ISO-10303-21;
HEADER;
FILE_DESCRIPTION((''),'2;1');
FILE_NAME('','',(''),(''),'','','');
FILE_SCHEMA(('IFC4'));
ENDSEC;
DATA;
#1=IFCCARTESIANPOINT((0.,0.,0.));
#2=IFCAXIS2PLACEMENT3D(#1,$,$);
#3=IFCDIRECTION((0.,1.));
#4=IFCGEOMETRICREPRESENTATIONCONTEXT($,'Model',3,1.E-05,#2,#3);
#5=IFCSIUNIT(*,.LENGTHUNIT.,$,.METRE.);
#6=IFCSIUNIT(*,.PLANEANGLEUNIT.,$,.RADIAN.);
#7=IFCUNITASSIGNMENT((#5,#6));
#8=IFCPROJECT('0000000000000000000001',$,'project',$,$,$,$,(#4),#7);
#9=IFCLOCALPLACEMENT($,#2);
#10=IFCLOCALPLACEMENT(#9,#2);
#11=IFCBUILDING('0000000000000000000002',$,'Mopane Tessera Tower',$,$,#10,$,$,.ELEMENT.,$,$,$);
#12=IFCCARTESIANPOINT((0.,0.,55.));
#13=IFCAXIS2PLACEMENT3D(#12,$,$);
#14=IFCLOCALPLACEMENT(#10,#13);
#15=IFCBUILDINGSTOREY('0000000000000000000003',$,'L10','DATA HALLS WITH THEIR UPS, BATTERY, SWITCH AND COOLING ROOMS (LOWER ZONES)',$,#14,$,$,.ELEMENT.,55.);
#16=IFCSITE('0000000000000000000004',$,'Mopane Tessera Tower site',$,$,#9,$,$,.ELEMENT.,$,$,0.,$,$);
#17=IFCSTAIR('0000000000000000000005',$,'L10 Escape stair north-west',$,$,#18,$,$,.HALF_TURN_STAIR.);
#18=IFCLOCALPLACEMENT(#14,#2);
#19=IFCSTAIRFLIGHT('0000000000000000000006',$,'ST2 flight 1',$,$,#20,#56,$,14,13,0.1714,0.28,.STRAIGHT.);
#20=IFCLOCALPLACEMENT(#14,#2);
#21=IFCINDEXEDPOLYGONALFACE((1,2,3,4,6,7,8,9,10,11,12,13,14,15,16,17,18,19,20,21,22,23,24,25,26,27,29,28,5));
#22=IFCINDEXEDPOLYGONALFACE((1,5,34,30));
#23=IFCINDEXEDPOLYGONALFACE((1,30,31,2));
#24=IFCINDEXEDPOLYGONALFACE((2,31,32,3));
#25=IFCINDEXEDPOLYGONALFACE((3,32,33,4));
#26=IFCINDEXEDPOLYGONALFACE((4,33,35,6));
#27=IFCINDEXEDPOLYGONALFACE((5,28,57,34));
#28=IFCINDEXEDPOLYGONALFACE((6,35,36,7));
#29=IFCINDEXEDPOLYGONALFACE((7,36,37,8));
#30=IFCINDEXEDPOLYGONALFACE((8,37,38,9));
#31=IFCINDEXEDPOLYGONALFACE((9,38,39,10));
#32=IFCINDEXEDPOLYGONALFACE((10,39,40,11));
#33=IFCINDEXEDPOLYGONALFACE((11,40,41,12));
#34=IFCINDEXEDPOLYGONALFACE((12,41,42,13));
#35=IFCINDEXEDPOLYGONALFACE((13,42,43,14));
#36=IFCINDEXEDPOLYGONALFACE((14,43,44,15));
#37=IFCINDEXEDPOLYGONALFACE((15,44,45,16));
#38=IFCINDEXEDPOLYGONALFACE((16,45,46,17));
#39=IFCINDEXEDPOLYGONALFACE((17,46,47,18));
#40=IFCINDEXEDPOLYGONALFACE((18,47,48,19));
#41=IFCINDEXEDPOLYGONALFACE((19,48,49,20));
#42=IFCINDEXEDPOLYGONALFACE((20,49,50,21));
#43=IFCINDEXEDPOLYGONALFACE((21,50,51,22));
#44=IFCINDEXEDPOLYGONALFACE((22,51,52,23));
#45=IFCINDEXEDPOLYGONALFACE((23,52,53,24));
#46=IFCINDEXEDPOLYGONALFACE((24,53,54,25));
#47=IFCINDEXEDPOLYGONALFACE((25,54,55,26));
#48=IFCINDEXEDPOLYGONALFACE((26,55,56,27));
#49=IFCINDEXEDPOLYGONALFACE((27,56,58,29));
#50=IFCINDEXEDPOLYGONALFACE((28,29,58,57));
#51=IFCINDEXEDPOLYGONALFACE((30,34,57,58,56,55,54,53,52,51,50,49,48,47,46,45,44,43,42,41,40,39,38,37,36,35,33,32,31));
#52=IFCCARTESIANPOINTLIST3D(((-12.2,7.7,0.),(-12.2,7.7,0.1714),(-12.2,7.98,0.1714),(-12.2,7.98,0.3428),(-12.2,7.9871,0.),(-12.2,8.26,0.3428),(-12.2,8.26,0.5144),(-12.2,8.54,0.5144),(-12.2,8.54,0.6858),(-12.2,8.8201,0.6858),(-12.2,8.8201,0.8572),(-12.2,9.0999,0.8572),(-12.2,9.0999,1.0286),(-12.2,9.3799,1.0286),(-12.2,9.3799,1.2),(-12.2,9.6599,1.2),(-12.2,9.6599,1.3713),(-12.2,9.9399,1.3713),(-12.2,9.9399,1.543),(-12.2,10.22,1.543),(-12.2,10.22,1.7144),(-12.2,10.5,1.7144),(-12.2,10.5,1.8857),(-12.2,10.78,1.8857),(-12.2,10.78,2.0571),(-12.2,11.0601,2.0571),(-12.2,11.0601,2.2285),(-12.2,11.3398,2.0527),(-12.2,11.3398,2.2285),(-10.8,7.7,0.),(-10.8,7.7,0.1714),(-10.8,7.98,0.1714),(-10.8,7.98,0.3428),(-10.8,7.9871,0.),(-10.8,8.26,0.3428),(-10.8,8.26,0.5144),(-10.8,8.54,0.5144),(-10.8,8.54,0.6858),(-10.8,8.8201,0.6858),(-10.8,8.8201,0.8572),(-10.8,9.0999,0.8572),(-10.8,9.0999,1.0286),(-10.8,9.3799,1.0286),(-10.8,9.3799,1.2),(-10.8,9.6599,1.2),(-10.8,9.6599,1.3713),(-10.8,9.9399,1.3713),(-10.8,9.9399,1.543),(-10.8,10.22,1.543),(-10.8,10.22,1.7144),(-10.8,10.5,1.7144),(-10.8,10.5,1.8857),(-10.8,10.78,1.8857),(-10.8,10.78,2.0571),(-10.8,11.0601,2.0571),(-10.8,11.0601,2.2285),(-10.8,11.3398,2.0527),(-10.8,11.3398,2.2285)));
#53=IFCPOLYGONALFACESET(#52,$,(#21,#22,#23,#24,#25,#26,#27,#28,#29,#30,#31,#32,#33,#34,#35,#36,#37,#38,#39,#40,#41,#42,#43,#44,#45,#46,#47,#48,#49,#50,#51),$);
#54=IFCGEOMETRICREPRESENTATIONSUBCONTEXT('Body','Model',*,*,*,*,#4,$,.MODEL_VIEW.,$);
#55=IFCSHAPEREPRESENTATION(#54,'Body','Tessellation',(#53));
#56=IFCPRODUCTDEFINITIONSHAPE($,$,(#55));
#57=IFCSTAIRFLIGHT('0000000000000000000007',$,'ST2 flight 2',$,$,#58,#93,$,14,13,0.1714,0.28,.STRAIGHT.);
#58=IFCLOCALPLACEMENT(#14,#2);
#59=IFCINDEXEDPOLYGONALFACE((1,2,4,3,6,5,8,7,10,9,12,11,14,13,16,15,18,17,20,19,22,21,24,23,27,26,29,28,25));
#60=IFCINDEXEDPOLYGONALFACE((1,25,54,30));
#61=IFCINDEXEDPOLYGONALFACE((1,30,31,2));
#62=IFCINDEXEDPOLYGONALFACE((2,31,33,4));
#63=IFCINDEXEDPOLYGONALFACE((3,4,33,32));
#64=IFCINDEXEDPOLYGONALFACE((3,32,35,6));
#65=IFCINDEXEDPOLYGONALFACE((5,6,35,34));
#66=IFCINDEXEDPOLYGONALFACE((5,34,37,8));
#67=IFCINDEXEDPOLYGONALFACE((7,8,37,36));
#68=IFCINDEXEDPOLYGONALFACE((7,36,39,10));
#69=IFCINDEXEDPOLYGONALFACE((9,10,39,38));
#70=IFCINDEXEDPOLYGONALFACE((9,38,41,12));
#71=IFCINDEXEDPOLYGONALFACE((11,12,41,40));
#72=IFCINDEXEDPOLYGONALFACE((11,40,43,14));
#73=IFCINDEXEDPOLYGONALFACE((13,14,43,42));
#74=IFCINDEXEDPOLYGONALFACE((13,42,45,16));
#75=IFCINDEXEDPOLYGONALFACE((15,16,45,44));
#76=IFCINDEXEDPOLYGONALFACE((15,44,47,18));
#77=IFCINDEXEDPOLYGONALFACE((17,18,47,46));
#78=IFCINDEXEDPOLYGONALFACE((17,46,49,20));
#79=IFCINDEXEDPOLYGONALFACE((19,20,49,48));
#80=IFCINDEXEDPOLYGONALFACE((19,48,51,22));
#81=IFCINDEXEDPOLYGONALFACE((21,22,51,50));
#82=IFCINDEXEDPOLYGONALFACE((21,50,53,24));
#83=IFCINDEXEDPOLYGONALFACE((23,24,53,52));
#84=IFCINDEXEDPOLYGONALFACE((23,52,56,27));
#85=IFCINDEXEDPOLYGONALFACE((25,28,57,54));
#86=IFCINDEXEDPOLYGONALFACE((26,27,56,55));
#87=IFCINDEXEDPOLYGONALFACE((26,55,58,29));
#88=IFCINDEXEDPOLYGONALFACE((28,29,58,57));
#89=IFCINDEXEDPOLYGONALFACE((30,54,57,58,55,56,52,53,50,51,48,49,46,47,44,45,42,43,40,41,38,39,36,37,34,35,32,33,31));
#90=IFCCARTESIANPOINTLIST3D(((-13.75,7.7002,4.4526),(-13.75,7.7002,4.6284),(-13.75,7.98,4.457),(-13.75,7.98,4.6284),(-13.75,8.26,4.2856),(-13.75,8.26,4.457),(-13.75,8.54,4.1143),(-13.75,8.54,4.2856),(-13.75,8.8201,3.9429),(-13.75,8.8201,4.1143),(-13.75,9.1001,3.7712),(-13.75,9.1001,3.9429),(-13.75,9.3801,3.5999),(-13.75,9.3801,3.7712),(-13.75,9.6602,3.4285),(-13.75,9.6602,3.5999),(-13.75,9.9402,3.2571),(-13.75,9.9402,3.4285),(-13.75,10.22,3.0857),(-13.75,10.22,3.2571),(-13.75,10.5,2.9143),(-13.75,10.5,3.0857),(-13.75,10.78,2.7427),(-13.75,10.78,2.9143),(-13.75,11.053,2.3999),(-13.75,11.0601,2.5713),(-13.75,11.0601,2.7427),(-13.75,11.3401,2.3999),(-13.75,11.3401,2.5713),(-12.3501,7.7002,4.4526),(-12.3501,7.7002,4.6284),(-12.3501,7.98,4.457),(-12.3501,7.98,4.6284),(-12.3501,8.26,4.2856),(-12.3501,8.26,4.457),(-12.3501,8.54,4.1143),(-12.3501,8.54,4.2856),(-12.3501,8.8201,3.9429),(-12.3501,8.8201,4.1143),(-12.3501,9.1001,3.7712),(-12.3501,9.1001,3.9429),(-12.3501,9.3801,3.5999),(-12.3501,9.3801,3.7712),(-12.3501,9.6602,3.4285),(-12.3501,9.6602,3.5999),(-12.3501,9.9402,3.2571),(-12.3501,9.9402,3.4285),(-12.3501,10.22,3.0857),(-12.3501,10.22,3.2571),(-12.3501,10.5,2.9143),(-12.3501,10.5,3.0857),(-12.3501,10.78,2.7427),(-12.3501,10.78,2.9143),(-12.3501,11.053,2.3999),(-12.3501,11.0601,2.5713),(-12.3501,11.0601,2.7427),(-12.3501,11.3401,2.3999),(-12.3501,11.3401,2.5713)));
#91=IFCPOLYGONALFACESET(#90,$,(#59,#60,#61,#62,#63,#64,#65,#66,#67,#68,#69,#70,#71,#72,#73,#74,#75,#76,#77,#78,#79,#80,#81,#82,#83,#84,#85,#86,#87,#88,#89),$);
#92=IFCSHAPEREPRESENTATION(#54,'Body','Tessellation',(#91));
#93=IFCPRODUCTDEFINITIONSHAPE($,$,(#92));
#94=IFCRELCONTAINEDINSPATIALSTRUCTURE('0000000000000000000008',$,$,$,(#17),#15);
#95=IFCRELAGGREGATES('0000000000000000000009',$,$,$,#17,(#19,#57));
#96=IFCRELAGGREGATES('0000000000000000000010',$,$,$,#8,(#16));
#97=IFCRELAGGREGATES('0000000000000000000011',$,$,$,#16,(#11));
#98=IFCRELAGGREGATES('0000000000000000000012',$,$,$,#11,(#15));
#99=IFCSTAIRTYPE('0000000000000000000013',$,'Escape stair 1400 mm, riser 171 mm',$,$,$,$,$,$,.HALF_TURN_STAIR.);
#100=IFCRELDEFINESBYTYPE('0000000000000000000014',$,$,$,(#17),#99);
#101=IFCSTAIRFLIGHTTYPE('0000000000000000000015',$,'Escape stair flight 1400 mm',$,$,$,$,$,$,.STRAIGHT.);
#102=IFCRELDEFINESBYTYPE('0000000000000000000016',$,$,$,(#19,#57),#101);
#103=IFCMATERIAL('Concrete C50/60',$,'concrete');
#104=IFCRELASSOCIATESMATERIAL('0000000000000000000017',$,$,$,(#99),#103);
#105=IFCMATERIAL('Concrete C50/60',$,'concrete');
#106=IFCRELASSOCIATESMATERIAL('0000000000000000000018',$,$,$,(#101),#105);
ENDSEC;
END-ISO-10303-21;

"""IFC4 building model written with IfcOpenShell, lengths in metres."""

from ifc_helpers import new_model, si_unit, direction, frame, origin, place, context, subcontext, project, spatial, polyline, outline, extrude, material, type_object, element, aggregate, save


model = new_model("IFC4")

# Units and contexts
model_context = context("Model", 3, precision=1e-05, world=origin(), true_north=direction((0.0, 1.0)))
body_context = subcontext(model_context, "Body", "Model", "MODEL_VIEW")
ifc_project = project(units=[si_unit("LENGTHUNIT", "METRE"), si_unit("PLANEANGLEUNIT", "RADIAN")], contexts=[model_context])

# Site, building, storey
site_placement = place(None, origin())
site = spatial("IfcSite", under=ifc_project, at=site_placement, Name="Mopane Tessera Tower site", CompositionType="ELEMENT", RefElevation=0.0)
building_placement = place(site_placement, origin())
building = spatial("IfcBuilding", under=site, at=building_placement, Name="Mopane Tessera Tower", CompositionType="ELEMENT")
storey_placement = place(building_placement, frame((0.0, 0.0, 55.0)))
storey = spatial("IfcBuildingStorey", under=building, at=storey_placement, Name="L10", Description="DATA HALLS WITH THEIR UPS, BATTERY, SWITCH AND COOLING ROOMS (LOWER ZONES)", CompositionType="ELEMENT", Elevation=55.0)

# Stair, stair flights
ifc_material_1 = material(Name="Concrete C50/60", Category="concrete")
stair_type = type_object("IfcStairType", Name="Escape stair 1400 mm, riser 171 mm", PredefinedType="HALF_TURN_STAIR", material=ifc_material_1)
stair_placement = place(storey_placement, origin())
stair = element("IfcStair", 1, at=stair_placement, inside=storey, type_object=stair_type, Name="L10 Escape stair north-west", PredefinedType="HALF_TURN_STAIR")
ifc_material_2 = material(Name="Concrete C50/60", Category="concrete")
stair_flight_type = type_object("IfcStairFlightType", Name="Escape stair flight 1400 mm", PredefinedType="STRAIGHT", material=ifc_material_2)
stair_flight_1_placement = place(storey_placement, frame((-11.5, 7.7, 0.0), z_axis=(0.0, 0.0, 1.0), x_axis=(0.0, 1.0, 0.0)))
stair_flight_1 = element("IfcStairFlight", 2, at=stair_flight_1_placement, type_object=stair_flight_type, Name="ST2 flight 1", NumberOfRisers=14, NumberOfTreads=13, PredefinedType="STRAIGHT", RiserHeight=0.1714, TreadLength=0.28, context=body_context, shape_type="SweptSolid", body=[
    extrude(outline(polyline([(0.0, 0.0), (0.0, 0.1714), (0.28, 0.1714), (0.28, 0.3428), (0.5601, 0.3428), (0.5601, 0.5144), (0.8401, 0.5144), (0.8401, 0.6858), (1.1201, 0.6858), (1.1201, 0.8572), (1.3999, 0.8572), (1.3999, 1.0286), (1.6799, 1.0286), (1.6799, 1.2), (1.96, 1.2), (1.96, 1.3713), (2.24, 1.3713), (2.24, 1.543), (2.52, 1.543), (2.52, 1.7144), (2.8, 1.7144), (2.8, 1.8857), (3.0801, 1.8857), (3.0801, 2.0571), (3.3601, 2.0571), (3.3601, 2.2285), (3.6399, 2.2285), (3.6399, 2.3999), (3.6399, 2.0527), (0.2871, 0.0), (0.0, 0.0)])), frame((0.0, 0.7, 0.0), z_axis=(0.0, -1.0, 0.0), x_axis=(1.0, 0.0, 0.0)), (0.0, 0.0, 1.0), 1.3999),
])
stair_flight_2_placement = place(storey_placement, frame((-13.05, 11.3401, 2.3999), z_axis=(0.0, 0.0, 1.0), x_axis=(0.0, -1.0, 0.0)))
stair_flight_2 = element("IfcStairFlight", 3, at=stair_flight_2_placement, type_object=stair_flight_type, Name="ST2 flight 2", NumberOfRisers=14, NumberOfTreads=13, PredefinedType="STRAIGHT", RiserHeight=0.1714, TreadLength=0.28, context=body_context, shape_type="SweptSolid", body=[
    extrude(outline(polyline([(0.0, 0.0), (0.0, 0.1714), (0.28, 0.1714), (0.28, 0.3428), (0.5601, 0.3428), (0.5601, 0.5144), (0.8401, 0.5144), (0.8401, 0.6858), (1.1201, 0.6858), (1.1201, 0.8572), (1.3999, 0.8572), (1.3999, 1.0286), (1.6799, 1.0286), (1.6799, 1.2), (1.96, 1.2), (1.96, 1.3713), (2.24, 1.3713), (2.24, 1.543), (2.52, 1.543), (2.52, 1.7144), (2.8, 1.7144), (2.8, 1.8857), (3.0801, 1.8857), (3.0801, 2.0571), (3.3601, 2.0571), (3.3601, 2.2285), (3.6399, 2.2285), (3.6399, 2.3999), (3.6399, 2.0527), (0.2871, 0.0), (0.0, 0.0)])), frame((0.0, 0.7, 0.0), z_axis=(0.0, -1.0, 0.0), x_axis=(1.0, 0.0, 0.0)), (0.0, 0.0, 1.0), 1.3999),
])
aggregate(stair, [stair_flight_1, stair_flight_2])

save(model, "model.ifc")
